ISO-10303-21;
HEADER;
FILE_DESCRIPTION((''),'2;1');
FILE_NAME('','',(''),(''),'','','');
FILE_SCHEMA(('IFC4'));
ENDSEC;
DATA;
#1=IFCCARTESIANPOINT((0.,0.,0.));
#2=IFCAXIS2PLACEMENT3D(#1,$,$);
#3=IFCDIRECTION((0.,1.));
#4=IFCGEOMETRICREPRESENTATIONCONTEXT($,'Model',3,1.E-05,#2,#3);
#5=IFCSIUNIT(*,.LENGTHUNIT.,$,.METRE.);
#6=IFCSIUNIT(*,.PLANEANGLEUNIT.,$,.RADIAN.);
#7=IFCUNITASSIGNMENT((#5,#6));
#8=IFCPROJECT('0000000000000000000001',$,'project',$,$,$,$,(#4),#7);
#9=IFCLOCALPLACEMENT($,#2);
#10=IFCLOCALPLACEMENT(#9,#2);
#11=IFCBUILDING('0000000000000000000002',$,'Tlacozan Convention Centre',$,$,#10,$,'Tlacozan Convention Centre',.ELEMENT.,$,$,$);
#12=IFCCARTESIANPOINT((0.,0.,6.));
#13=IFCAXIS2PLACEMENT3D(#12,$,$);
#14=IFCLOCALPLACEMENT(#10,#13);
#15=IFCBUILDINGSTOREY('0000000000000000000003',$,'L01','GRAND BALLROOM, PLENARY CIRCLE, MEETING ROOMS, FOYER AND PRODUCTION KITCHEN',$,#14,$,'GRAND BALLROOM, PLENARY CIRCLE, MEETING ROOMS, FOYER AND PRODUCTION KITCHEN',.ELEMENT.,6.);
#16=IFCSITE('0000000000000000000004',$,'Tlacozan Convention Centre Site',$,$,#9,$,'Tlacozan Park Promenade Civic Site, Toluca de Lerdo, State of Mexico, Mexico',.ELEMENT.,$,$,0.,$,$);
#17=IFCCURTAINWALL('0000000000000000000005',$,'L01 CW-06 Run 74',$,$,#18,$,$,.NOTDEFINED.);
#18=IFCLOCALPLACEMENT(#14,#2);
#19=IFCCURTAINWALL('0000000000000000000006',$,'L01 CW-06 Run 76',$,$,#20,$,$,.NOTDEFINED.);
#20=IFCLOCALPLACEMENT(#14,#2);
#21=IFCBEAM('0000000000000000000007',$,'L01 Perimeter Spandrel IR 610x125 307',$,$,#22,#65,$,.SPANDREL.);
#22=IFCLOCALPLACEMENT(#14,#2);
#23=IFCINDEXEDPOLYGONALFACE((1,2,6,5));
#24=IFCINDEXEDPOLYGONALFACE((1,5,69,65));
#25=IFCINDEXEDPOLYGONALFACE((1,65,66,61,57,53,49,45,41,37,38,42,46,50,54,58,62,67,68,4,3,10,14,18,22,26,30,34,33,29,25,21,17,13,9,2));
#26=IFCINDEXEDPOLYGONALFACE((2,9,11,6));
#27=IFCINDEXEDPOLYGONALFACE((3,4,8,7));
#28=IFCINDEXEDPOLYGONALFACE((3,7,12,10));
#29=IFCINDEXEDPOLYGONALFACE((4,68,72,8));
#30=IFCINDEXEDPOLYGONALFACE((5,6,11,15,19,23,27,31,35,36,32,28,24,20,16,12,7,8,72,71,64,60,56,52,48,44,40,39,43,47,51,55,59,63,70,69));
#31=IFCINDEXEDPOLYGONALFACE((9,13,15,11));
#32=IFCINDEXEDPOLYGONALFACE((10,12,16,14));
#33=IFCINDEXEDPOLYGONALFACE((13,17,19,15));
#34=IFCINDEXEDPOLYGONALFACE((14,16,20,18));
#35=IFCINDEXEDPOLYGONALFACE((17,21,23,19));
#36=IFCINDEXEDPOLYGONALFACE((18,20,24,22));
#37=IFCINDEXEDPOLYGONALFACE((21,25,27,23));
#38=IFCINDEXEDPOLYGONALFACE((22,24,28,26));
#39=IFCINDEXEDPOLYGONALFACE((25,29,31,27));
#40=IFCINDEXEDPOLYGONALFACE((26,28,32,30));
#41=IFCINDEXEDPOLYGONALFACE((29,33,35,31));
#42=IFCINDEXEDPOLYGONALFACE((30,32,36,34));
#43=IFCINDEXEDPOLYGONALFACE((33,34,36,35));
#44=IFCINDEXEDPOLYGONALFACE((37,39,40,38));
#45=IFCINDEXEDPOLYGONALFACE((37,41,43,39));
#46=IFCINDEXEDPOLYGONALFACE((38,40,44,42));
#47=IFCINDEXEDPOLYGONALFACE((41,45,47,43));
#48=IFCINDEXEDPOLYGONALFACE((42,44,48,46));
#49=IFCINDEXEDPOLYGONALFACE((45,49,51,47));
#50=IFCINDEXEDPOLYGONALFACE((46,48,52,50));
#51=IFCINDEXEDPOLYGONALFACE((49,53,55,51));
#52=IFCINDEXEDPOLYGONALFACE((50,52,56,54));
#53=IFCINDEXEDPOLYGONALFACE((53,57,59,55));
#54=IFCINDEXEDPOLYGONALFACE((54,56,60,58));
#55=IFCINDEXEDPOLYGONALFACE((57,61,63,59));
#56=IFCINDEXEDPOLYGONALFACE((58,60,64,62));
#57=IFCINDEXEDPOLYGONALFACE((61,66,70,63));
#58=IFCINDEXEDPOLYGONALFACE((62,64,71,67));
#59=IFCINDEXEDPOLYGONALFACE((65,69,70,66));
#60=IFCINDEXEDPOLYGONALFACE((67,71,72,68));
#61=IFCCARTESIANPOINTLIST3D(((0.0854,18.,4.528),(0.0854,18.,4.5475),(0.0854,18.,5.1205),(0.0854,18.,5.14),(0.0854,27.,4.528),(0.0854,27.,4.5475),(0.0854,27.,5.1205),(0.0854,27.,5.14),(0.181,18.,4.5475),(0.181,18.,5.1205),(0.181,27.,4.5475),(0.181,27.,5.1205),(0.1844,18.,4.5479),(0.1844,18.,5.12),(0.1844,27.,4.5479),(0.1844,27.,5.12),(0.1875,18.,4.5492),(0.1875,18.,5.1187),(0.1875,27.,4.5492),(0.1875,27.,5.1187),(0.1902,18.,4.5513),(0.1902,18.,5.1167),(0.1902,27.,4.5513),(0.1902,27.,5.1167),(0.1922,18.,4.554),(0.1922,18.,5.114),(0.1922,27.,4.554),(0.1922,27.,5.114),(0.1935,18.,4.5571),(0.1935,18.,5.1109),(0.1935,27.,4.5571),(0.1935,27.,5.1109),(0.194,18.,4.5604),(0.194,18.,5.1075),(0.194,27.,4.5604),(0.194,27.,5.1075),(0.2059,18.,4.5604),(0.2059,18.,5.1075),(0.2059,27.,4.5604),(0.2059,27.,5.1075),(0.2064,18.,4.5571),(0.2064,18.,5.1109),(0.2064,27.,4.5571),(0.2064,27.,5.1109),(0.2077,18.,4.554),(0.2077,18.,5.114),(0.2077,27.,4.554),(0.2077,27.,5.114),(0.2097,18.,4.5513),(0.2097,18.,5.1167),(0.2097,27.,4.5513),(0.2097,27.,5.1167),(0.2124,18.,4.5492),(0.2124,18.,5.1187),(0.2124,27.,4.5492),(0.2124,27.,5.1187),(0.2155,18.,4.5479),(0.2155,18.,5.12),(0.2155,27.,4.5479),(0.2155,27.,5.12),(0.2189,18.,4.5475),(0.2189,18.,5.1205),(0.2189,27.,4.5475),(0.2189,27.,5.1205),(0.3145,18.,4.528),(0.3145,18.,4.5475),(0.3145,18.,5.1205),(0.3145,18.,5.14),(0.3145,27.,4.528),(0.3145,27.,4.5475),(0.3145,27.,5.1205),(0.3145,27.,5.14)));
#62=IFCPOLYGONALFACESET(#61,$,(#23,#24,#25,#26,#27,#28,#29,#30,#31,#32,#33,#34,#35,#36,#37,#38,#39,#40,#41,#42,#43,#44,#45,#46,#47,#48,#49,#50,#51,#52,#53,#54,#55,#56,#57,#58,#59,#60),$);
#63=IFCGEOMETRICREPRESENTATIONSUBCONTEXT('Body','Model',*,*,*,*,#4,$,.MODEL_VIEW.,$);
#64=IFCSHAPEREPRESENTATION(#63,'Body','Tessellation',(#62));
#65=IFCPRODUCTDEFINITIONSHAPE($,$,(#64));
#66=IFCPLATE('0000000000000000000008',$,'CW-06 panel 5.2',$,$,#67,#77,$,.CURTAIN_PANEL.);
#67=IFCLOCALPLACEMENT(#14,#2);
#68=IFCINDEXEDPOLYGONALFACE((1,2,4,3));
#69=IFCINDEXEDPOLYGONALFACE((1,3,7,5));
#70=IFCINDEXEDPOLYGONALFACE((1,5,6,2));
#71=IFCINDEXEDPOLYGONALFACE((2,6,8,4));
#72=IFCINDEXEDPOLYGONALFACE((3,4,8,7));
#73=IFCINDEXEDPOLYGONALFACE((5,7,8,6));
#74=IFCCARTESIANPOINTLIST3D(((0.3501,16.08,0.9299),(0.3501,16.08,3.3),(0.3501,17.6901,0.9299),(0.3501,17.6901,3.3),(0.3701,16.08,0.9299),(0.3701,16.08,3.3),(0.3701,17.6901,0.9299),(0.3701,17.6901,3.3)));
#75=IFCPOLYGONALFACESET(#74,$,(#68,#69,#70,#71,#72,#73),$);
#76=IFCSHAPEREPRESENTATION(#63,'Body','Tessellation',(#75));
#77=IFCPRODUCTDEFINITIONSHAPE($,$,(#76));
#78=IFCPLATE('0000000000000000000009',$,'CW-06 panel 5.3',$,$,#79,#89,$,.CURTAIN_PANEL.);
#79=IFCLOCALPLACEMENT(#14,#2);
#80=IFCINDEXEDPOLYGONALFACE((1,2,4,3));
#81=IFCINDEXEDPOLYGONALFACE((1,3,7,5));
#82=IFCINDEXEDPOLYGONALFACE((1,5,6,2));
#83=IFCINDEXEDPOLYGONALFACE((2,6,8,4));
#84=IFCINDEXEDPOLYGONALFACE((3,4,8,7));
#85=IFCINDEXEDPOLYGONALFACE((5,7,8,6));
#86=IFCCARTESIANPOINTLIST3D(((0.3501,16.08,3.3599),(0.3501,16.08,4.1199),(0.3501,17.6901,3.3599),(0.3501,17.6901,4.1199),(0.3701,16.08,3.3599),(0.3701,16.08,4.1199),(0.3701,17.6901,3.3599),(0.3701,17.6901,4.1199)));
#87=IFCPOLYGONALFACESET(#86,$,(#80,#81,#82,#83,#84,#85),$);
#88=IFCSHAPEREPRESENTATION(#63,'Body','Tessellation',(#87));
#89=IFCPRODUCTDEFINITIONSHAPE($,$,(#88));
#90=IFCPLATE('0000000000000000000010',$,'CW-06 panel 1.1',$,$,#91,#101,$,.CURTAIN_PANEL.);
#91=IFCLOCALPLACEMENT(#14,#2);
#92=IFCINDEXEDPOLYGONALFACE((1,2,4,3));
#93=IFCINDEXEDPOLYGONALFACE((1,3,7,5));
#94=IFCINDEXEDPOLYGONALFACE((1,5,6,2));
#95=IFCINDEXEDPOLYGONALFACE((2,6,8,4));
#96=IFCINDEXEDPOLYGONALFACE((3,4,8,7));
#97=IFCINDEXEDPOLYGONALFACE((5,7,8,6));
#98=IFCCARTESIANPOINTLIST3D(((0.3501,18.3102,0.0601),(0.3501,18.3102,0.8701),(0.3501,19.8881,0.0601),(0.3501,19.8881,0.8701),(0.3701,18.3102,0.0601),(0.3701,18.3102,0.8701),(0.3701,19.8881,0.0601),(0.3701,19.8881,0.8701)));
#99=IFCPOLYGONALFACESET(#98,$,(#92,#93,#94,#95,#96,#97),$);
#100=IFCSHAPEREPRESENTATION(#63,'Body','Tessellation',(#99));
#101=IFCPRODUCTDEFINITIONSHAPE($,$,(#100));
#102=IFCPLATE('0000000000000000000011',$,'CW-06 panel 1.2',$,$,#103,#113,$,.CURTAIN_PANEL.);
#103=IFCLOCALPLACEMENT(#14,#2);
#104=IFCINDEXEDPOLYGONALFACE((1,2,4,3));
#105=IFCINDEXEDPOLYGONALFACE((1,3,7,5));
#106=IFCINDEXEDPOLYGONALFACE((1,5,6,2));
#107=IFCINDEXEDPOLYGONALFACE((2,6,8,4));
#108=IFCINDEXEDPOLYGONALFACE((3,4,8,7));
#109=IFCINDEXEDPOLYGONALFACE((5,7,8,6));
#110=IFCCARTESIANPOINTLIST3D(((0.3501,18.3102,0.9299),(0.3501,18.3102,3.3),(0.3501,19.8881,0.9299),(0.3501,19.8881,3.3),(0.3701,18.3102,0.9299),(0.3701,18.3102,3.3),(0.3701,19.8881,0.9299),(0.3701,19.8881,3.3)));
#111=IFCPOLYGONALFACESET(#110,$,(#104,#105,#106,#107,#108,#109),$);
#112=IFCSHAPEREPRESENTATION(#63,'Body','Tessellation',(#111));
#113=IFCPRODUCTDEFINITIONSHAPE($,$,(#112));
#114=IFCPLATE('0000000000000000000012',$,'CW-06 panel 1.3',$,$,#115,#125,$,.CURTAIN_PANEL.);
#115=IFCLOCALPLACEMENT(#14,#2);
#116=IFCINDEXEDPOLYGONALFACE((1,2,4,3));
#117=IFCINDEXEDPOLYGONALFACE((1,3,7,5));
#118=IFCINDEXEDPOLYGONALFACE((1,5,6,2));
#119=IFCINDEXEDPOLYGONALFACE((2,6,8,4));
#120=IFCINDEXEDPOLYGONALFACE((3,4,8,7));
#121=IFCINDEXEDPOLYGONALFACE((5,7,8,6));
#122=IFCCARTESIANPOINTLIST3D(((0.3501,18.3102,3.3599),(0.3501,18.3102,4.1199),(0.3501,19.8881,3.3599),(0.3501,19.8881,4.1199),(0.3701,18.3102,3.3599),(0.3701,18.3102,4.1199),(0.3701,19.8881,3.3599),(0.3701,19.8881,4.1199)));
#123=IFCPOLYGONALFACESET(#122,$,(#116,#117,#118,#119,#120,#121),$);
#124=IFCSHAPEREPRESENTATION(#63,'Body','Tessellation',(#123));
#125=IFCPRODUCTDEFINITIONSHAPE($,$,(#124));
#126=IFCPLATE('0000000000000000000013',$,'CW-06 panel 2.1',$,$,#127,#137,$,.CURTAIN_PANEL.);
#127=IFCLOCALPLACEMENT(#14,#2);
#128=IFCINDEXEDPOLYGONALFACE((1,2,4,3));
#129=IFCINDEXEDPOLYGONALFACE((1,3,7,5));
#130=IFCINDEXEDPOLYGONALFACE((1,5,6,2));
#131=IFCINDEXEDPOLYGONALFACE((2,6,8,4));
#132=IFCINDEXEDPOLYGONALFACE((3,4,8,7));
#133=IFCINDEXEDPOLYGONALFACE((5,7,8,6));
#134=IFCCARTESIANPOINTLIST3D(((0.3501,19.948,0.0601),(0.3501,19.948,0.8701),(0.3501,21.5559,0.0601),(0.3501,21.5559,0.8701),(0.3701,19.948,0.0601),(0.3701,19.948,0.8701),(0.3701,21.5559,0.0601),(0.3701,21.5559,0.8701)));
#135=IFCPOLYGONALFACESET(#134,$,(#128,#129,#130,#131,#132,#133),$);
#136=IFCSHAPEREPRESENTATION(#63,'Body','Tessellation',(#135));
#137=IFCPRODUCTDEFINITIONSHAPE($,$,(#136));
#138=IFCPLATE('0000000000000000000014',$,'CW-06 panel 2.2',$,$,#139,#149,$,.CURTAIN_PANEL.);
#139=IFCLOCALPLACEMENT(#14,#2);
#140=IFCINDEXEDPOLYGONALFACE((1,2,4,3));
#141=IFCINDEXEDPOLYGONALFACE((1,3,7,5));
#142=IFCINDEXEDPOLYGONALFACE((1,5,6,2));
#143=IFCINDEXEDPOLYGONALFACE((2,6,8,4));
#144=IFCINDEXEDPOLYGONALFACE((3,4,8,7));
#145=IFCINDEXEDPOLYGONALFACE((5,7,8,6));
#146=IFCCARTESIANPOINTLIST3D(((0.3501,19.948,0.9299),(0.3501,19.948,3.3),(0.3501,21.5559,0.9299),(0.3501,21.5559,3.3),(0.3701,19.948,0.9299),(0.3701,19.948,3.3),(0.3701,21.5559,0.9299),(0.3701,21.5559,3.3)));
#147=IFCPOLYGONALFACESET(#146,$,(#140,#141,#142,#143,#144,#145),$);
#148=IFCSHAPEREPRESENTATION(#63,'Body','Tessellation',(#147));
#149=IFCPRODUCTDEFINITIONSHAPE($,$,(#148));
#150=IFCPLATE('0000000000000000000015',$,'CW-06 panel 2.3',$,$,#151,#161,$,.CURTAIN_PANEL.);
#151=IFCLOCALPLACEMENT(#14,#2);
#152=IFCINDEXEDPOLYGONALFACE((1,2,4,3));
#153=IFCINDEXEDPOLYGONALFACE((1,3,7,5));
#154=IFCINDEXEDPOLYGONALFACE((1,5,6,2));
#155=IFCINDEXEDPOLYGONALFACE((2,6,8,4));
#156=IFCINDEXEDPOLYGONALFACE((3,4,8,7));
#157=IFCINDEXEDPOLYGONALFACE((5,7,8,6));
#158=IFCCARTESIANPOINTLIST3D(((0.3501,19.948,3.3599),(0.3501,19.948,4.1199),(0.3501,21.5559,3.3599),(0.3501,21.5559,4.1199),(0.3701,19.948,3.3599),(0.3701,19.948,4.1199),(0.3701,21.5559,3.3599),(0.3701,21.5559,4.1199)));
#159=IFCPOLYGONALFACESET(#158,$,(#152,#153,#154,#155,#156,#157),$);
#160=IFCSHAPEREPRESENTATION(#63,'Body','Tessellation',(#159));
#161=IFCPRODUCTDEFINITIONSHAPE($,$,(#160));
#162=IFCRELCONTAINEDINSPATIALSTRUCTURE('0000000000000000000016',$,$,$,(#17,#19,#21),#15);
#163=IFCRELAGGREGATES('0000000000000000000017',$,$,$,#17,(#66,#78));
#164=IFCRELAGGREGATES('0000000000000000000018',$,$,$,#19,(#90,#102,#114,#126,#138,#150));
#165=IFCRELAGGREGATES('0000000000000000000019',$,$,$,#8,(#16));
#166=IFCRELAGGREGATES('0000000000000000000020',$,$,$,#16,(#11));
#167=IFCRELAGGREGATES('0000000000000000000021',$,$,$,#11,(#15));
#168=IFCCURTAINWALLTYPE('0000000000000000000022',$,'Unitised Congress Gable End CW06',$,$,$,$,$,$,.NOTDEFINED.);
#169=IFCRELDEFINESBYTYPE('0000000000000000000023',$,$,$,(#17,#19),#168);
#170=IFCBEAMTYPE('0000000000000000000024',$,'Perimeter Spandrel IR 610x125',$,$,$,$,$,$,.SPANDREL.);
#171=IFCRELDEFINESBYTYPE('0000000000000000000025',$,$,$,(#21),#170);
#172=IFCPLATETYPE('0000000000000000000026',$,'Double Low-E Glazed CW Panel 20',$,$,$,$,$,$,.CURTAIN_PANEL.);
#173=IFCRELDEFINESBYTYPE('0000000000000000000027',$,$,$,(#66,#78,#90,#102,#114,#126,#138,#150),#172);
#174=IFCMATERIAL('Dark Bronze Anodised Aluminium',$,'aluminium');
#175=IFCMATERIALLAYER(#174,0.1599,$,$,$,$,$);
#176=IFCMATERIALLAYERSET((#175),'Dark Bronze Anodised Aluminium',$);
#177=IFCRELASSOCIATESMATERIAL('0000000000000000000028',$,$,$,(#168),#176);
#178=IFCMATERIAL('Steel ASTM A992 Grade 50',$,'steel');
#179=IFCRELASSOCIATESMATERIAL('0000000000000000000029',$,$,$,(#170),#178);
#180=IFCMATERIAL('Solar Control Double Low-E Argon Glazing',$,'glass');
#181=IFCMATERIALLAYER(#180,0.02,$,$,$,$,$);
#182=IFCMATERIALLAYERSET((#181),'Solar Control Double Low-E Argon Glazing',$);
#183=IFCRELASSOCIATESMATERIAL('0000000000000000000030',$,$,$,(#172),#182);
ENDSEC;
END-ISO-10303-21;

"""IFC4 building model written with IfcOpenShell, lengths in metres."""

from ifc_helpers import new_model, si_unit, direction, frame, origin, origin_2d, place, context, subcontext, project, spatial, rectangle, i_section, extrude, material, layer, layer_set, material_profile, profile_set, type_object, element, aggregate, save


model = new_model("IFC4")

# Units and contexts
model_context = context("Model", 3, precision=1e-05, world=origin(), true_north=direction((0.0, 1.0)))
body_context = subcontext(model_context, "Body", "Model", "MODEL_VIEW")
ifc_project = project(units=[si_unit("LENGTHUNIT", "METRE"), si_unit("PLANEANGLEUNIT", "RADIAN")], contexts=[model_context])

# Site, building, storey
site_placement = place(None, origin())
site = spatial("IfcSite", under=ifc_project, at=site_placement, Name="Tlacozan Convention Centre Site", LongName="Tlacozan Park Promenade Civic Site, Toluca de Lerdo, State of Mexico, Mexico", CompositionType="ELEMENT", RefElevation=0.0)
building_placement = place(site_placement, origin())
building = spatial("IfcBuilding", under=site, at=building_placement, Name="Tlacozan Convention Centre", LongName="Tlacozan Convention Centre", CompositionType="ELEMENT")
storey_placement = place(building_placement, frame((0.0, 0.0, 6.0)))
storey = spatial("IfcBuildingStorey", under=building, at=storey_placement, Name="L01", Description="GRAND BALLROOM, PLENARY CIRCLE, MEETING ROOMS, FOYER AND PRODUCTION KITCHEN", LongName="GRAND BALLROOM, PLENARY CIRCLE, MEETING ROOMS, FOYER AND PRODUCTION KITCHEN", CompositionType="ELEMENT", Elevation=6.0)

# Curtain wall
ifc_material_1 = material(Name="Dark Bronze Anodised Aluminium", Category="aluminium")
ifc_layer_1 = layer(ifc_material_1, 0.1599)
ifc_layer_set_1 = layer_set([ifc_layer_1], Name="Dark Bronze Anodised Aluminium")
curtain_wall_type = type_object("IfcCurtainWallType", Name="Unitised Congress Gable End CW06", PredefinedType="NOTDEFINED", material=ifc_layer_set_1)
curtain_wall_1_placement = place(storey_placement, origin())
curtain_wall_1 = element("IfcCurtainWall", 1, at=curtain_wall_1_placement, inside=storey, type_object=curtain_wall_type, Name="L01 CW-06 Run 74", PredefinedType="NOTDEFINED")

# Curtain wall
curtain_wall_2_placement = place(storey_placement, origin())
curtain_wall_2 = element("IfcCurtainWall", 2, at=curtain_wall_2_placement, inside=storey, type_object=curtain_wall_type, Name="L01 CW-06 Run 76", PredefinedType="NOTDEFINED")

# Beam
ifc_material_2 = material(Name="Steel ASTM A992 Grade 50", Category="steel")
ifc_material_profile_1 = material_profile(ifc_material_2, i_section(OverallWidth=0.229, OverallDepth=0.6121, WebThickness=0.012, FlangeThickness=0.0195, FilletRadius=0.0129, at=origin_2d()), Name="IR 610x125.0")
ifc_profile_set_1 = profile_set([ifc_material_profile_1], Name="Steel ASTM A992 Grade 50")
beam_type = type_object("IfcBeamType", Name="Perimeter Spandrel IR 610x125", PredefinedType="SPANDREL", material=ifc_profile_set_1)
beam_placement = place(storey_placement, frame((0.2, 18.0, 4.834), z_axis=(0.0, 1.0, 0.0), x_axis=(-1.0, 0.0, 0.0)))
element("IfcBeam", 3, at=beam_placement, inside=storey, type_object=beam_type, Name="L01 Perimeter Spandrel IR 610x125 307", PredefinedType="SPANDREL", context=body_context, shape_type="SweptSolid", body=[
    extrude(i_section(OverallWidth=0.229, OverallDepth=0.6121, WebThickness=0.012, FlangeThickness=0.0195, FilletRadius=0.0129, at=origin_2d()), origin(), (0.0, 0.0, 1.0), 9.0),
])

# Plates
ifc_material_3 = material(Name="Solar Control Double Low-E Argon Glazing", Category="glass")
ifc_layer_2 = layer(ifc_material_3, 0.02)
ifc_layer_set_2 = layer_set([ifc_layer_2], Name="Solar Control Double Low-E Argon Glazing")
plate_type = type_object("IfcPlateType", Name="Double Low-E Glazed CW Panel 20", PredefinedType="CURTAIN_PANEL", material=ifc_layer_set_2)
plate_1_placement = place(storey_placement, frame((0.3601, 16.885, 0.9299), z_axis=(0.0, 0.0, 1.0), x_axis=(0.0, 1.0, 0.0)))
plate_1 = element("IfcPlate", 4, at=plate_1_placement, type_object=plate_type, Name="CW-06 panel 5.2", PredefinedType="CURTAIN_PANEL", context=body_context, shape_type="SweptSolid", body=[
    extrude(rectangle(XDim=1.6101, YDim=0.02, at=origin_2d()), origin(), (0.0, 0.0, 1.0), 2.3701),
])
plate_2_placement = place(storey_placement, frame((0.3601, 16.885, 3.3599), z_axis=(0.0, 0.0, 1.0), x_axis=(0.0, 1.0, 0.0)))
plate_2 = element("IfcPlate", 5, at=plate_2_placement, type_object=plate_type, Name="CW-06 panel 5.3", PredefinedType="CURTAIN_PANEL", context=body_context, shape_type="SweptSolid", body=[
    extrude(rectangle(XDim=1.6101, YDim=0.02, at=origin_2d()), origin(), (0.0, 0.0, 1.0), 0.76),
])
aggregate(curtain_wall_1, [plate_1, plate_2])
plate_3_placement = place(storey_placement, frame((0.3601, 19.0991, 0.0601), z_axis=(0.0, 0.0, 1.0), x_axis=(0.0, 1.0, 0.0)))
plate_3 = element("IfcPlate", 6, at=plate_3_placement, type_object=plate_type, Name="CW-06 panel 1.1", PredefinedType="CURTAIN_PANEL", context=body_context, shape_type="SweptSolid", body=[
    extrude(rectangle(XDim=1.5779, YDim=0.02, at=origin_2d()), origin(), (0.0, 0.0, 1.0), 0.8101),
])
plate_4_placement = place(storey_placement, frame((0.3601, 19.0991, 0.9299), z_axis=(0.0, 0.0, 1.0), x_axis=(0.0, 1.0, 0.0)))
plate_4 = element("IfcPlate", 7, at=plate_4_placement, type_object=plate_type, Name="CW-06 panel 1.2", PredefinedType="CURTAIN_PANEL", context=body_context, shape_type="SweptSolid", body=[
    extrude(rectangle(XDim=1.5779, YDim=0.02, at=origin_2d()), origin(), (0.0, 0.0, 1.0), 2.3701),
])
plate_5_placement = place(storey_placement, frame((0.3601, 19.0991, 3.3599), z_axis=(0.0, 0.0, 1.0), x_axis=(0.0, 1.0, 0.0)))
plate_5 = element("IfcPlate", 8, at=plate_5_placement, type_object=plate_type, Name="CW-06 panel 1.3", PredefinedType="CURTAIN_PANEL", context=body_context, shape_type="SweptSolid", body=[
    extrude(rectangle(XDim=1.5779, YDim=0.02, at=origin_2d()), origin(), (0.0, 0.0, 1.0), 0.76),
])
plate_6_placement = place(storey_placement, frame((0.3601, 20.752, 0.0601), z_axis=(0.0, 0.0, 1.0), x_axis=(0.0, 1.0, 0.0)))
plate_6 = element("IfcPlate", 9, at=plate_6_placement, type_object=plate_type, Name="CW-06 panel 2.1", PredefinedType="CURTAIN_PANEL", context=body_context, shape_type="SweptSolid", body=[
    extrude(rectangle(XDim=1.6079, YDim=0.02, at=origin_2d()), origin(), (0.0, 0.0, 1.0), 0.8101),
])
plate_7_placement = place(storey_placement, frame((0.3601, 20.752, 0.9299), z_axis=(0.0, 0.0, 1.0), x_axis=(0.0, 1.0, 0.0)))
plate_7 = element("IfcPlate", 10, at=plate_7_placement, type_object=plate_type, Name="CW-06 panel 2.2", PredefinedType="CURTAIN_PANEL", context=body_context, shape_type="SweptSolid", body=[
    extrude(rectangle(XDim=1.6079, YDim=0.02, at=origin_2d()), origin(), (0.0, 0.0, 1.0), 2.3701),
])
plate_8_placement = place(storey_placement, frame((0.3601, 20.752, 3.3599), z_axis=(0.0, 0.0, 1.0), x_axis=(0.0, 1.0, 0.0)))
plate_8 = element("IfcPlate", 11, at=plate_8_placement, type_object=plate_type, Name="CW-06 panel 2.3", PredefinedType="CURTAIN_PANEL", context=body_context, shape_type="SweptSolid", body=[
    extrude(rectangle(XDim=1.6079, YDim=0.02, at=origin_2d()), origin(), (0.0, 0.0, 1.0), 0.76),
])
aggregate(curtain_wall_2, [plate_3, plate_4, plate_5, plate_6, plate_7, plate_8])

save(model, "model.ifc")
